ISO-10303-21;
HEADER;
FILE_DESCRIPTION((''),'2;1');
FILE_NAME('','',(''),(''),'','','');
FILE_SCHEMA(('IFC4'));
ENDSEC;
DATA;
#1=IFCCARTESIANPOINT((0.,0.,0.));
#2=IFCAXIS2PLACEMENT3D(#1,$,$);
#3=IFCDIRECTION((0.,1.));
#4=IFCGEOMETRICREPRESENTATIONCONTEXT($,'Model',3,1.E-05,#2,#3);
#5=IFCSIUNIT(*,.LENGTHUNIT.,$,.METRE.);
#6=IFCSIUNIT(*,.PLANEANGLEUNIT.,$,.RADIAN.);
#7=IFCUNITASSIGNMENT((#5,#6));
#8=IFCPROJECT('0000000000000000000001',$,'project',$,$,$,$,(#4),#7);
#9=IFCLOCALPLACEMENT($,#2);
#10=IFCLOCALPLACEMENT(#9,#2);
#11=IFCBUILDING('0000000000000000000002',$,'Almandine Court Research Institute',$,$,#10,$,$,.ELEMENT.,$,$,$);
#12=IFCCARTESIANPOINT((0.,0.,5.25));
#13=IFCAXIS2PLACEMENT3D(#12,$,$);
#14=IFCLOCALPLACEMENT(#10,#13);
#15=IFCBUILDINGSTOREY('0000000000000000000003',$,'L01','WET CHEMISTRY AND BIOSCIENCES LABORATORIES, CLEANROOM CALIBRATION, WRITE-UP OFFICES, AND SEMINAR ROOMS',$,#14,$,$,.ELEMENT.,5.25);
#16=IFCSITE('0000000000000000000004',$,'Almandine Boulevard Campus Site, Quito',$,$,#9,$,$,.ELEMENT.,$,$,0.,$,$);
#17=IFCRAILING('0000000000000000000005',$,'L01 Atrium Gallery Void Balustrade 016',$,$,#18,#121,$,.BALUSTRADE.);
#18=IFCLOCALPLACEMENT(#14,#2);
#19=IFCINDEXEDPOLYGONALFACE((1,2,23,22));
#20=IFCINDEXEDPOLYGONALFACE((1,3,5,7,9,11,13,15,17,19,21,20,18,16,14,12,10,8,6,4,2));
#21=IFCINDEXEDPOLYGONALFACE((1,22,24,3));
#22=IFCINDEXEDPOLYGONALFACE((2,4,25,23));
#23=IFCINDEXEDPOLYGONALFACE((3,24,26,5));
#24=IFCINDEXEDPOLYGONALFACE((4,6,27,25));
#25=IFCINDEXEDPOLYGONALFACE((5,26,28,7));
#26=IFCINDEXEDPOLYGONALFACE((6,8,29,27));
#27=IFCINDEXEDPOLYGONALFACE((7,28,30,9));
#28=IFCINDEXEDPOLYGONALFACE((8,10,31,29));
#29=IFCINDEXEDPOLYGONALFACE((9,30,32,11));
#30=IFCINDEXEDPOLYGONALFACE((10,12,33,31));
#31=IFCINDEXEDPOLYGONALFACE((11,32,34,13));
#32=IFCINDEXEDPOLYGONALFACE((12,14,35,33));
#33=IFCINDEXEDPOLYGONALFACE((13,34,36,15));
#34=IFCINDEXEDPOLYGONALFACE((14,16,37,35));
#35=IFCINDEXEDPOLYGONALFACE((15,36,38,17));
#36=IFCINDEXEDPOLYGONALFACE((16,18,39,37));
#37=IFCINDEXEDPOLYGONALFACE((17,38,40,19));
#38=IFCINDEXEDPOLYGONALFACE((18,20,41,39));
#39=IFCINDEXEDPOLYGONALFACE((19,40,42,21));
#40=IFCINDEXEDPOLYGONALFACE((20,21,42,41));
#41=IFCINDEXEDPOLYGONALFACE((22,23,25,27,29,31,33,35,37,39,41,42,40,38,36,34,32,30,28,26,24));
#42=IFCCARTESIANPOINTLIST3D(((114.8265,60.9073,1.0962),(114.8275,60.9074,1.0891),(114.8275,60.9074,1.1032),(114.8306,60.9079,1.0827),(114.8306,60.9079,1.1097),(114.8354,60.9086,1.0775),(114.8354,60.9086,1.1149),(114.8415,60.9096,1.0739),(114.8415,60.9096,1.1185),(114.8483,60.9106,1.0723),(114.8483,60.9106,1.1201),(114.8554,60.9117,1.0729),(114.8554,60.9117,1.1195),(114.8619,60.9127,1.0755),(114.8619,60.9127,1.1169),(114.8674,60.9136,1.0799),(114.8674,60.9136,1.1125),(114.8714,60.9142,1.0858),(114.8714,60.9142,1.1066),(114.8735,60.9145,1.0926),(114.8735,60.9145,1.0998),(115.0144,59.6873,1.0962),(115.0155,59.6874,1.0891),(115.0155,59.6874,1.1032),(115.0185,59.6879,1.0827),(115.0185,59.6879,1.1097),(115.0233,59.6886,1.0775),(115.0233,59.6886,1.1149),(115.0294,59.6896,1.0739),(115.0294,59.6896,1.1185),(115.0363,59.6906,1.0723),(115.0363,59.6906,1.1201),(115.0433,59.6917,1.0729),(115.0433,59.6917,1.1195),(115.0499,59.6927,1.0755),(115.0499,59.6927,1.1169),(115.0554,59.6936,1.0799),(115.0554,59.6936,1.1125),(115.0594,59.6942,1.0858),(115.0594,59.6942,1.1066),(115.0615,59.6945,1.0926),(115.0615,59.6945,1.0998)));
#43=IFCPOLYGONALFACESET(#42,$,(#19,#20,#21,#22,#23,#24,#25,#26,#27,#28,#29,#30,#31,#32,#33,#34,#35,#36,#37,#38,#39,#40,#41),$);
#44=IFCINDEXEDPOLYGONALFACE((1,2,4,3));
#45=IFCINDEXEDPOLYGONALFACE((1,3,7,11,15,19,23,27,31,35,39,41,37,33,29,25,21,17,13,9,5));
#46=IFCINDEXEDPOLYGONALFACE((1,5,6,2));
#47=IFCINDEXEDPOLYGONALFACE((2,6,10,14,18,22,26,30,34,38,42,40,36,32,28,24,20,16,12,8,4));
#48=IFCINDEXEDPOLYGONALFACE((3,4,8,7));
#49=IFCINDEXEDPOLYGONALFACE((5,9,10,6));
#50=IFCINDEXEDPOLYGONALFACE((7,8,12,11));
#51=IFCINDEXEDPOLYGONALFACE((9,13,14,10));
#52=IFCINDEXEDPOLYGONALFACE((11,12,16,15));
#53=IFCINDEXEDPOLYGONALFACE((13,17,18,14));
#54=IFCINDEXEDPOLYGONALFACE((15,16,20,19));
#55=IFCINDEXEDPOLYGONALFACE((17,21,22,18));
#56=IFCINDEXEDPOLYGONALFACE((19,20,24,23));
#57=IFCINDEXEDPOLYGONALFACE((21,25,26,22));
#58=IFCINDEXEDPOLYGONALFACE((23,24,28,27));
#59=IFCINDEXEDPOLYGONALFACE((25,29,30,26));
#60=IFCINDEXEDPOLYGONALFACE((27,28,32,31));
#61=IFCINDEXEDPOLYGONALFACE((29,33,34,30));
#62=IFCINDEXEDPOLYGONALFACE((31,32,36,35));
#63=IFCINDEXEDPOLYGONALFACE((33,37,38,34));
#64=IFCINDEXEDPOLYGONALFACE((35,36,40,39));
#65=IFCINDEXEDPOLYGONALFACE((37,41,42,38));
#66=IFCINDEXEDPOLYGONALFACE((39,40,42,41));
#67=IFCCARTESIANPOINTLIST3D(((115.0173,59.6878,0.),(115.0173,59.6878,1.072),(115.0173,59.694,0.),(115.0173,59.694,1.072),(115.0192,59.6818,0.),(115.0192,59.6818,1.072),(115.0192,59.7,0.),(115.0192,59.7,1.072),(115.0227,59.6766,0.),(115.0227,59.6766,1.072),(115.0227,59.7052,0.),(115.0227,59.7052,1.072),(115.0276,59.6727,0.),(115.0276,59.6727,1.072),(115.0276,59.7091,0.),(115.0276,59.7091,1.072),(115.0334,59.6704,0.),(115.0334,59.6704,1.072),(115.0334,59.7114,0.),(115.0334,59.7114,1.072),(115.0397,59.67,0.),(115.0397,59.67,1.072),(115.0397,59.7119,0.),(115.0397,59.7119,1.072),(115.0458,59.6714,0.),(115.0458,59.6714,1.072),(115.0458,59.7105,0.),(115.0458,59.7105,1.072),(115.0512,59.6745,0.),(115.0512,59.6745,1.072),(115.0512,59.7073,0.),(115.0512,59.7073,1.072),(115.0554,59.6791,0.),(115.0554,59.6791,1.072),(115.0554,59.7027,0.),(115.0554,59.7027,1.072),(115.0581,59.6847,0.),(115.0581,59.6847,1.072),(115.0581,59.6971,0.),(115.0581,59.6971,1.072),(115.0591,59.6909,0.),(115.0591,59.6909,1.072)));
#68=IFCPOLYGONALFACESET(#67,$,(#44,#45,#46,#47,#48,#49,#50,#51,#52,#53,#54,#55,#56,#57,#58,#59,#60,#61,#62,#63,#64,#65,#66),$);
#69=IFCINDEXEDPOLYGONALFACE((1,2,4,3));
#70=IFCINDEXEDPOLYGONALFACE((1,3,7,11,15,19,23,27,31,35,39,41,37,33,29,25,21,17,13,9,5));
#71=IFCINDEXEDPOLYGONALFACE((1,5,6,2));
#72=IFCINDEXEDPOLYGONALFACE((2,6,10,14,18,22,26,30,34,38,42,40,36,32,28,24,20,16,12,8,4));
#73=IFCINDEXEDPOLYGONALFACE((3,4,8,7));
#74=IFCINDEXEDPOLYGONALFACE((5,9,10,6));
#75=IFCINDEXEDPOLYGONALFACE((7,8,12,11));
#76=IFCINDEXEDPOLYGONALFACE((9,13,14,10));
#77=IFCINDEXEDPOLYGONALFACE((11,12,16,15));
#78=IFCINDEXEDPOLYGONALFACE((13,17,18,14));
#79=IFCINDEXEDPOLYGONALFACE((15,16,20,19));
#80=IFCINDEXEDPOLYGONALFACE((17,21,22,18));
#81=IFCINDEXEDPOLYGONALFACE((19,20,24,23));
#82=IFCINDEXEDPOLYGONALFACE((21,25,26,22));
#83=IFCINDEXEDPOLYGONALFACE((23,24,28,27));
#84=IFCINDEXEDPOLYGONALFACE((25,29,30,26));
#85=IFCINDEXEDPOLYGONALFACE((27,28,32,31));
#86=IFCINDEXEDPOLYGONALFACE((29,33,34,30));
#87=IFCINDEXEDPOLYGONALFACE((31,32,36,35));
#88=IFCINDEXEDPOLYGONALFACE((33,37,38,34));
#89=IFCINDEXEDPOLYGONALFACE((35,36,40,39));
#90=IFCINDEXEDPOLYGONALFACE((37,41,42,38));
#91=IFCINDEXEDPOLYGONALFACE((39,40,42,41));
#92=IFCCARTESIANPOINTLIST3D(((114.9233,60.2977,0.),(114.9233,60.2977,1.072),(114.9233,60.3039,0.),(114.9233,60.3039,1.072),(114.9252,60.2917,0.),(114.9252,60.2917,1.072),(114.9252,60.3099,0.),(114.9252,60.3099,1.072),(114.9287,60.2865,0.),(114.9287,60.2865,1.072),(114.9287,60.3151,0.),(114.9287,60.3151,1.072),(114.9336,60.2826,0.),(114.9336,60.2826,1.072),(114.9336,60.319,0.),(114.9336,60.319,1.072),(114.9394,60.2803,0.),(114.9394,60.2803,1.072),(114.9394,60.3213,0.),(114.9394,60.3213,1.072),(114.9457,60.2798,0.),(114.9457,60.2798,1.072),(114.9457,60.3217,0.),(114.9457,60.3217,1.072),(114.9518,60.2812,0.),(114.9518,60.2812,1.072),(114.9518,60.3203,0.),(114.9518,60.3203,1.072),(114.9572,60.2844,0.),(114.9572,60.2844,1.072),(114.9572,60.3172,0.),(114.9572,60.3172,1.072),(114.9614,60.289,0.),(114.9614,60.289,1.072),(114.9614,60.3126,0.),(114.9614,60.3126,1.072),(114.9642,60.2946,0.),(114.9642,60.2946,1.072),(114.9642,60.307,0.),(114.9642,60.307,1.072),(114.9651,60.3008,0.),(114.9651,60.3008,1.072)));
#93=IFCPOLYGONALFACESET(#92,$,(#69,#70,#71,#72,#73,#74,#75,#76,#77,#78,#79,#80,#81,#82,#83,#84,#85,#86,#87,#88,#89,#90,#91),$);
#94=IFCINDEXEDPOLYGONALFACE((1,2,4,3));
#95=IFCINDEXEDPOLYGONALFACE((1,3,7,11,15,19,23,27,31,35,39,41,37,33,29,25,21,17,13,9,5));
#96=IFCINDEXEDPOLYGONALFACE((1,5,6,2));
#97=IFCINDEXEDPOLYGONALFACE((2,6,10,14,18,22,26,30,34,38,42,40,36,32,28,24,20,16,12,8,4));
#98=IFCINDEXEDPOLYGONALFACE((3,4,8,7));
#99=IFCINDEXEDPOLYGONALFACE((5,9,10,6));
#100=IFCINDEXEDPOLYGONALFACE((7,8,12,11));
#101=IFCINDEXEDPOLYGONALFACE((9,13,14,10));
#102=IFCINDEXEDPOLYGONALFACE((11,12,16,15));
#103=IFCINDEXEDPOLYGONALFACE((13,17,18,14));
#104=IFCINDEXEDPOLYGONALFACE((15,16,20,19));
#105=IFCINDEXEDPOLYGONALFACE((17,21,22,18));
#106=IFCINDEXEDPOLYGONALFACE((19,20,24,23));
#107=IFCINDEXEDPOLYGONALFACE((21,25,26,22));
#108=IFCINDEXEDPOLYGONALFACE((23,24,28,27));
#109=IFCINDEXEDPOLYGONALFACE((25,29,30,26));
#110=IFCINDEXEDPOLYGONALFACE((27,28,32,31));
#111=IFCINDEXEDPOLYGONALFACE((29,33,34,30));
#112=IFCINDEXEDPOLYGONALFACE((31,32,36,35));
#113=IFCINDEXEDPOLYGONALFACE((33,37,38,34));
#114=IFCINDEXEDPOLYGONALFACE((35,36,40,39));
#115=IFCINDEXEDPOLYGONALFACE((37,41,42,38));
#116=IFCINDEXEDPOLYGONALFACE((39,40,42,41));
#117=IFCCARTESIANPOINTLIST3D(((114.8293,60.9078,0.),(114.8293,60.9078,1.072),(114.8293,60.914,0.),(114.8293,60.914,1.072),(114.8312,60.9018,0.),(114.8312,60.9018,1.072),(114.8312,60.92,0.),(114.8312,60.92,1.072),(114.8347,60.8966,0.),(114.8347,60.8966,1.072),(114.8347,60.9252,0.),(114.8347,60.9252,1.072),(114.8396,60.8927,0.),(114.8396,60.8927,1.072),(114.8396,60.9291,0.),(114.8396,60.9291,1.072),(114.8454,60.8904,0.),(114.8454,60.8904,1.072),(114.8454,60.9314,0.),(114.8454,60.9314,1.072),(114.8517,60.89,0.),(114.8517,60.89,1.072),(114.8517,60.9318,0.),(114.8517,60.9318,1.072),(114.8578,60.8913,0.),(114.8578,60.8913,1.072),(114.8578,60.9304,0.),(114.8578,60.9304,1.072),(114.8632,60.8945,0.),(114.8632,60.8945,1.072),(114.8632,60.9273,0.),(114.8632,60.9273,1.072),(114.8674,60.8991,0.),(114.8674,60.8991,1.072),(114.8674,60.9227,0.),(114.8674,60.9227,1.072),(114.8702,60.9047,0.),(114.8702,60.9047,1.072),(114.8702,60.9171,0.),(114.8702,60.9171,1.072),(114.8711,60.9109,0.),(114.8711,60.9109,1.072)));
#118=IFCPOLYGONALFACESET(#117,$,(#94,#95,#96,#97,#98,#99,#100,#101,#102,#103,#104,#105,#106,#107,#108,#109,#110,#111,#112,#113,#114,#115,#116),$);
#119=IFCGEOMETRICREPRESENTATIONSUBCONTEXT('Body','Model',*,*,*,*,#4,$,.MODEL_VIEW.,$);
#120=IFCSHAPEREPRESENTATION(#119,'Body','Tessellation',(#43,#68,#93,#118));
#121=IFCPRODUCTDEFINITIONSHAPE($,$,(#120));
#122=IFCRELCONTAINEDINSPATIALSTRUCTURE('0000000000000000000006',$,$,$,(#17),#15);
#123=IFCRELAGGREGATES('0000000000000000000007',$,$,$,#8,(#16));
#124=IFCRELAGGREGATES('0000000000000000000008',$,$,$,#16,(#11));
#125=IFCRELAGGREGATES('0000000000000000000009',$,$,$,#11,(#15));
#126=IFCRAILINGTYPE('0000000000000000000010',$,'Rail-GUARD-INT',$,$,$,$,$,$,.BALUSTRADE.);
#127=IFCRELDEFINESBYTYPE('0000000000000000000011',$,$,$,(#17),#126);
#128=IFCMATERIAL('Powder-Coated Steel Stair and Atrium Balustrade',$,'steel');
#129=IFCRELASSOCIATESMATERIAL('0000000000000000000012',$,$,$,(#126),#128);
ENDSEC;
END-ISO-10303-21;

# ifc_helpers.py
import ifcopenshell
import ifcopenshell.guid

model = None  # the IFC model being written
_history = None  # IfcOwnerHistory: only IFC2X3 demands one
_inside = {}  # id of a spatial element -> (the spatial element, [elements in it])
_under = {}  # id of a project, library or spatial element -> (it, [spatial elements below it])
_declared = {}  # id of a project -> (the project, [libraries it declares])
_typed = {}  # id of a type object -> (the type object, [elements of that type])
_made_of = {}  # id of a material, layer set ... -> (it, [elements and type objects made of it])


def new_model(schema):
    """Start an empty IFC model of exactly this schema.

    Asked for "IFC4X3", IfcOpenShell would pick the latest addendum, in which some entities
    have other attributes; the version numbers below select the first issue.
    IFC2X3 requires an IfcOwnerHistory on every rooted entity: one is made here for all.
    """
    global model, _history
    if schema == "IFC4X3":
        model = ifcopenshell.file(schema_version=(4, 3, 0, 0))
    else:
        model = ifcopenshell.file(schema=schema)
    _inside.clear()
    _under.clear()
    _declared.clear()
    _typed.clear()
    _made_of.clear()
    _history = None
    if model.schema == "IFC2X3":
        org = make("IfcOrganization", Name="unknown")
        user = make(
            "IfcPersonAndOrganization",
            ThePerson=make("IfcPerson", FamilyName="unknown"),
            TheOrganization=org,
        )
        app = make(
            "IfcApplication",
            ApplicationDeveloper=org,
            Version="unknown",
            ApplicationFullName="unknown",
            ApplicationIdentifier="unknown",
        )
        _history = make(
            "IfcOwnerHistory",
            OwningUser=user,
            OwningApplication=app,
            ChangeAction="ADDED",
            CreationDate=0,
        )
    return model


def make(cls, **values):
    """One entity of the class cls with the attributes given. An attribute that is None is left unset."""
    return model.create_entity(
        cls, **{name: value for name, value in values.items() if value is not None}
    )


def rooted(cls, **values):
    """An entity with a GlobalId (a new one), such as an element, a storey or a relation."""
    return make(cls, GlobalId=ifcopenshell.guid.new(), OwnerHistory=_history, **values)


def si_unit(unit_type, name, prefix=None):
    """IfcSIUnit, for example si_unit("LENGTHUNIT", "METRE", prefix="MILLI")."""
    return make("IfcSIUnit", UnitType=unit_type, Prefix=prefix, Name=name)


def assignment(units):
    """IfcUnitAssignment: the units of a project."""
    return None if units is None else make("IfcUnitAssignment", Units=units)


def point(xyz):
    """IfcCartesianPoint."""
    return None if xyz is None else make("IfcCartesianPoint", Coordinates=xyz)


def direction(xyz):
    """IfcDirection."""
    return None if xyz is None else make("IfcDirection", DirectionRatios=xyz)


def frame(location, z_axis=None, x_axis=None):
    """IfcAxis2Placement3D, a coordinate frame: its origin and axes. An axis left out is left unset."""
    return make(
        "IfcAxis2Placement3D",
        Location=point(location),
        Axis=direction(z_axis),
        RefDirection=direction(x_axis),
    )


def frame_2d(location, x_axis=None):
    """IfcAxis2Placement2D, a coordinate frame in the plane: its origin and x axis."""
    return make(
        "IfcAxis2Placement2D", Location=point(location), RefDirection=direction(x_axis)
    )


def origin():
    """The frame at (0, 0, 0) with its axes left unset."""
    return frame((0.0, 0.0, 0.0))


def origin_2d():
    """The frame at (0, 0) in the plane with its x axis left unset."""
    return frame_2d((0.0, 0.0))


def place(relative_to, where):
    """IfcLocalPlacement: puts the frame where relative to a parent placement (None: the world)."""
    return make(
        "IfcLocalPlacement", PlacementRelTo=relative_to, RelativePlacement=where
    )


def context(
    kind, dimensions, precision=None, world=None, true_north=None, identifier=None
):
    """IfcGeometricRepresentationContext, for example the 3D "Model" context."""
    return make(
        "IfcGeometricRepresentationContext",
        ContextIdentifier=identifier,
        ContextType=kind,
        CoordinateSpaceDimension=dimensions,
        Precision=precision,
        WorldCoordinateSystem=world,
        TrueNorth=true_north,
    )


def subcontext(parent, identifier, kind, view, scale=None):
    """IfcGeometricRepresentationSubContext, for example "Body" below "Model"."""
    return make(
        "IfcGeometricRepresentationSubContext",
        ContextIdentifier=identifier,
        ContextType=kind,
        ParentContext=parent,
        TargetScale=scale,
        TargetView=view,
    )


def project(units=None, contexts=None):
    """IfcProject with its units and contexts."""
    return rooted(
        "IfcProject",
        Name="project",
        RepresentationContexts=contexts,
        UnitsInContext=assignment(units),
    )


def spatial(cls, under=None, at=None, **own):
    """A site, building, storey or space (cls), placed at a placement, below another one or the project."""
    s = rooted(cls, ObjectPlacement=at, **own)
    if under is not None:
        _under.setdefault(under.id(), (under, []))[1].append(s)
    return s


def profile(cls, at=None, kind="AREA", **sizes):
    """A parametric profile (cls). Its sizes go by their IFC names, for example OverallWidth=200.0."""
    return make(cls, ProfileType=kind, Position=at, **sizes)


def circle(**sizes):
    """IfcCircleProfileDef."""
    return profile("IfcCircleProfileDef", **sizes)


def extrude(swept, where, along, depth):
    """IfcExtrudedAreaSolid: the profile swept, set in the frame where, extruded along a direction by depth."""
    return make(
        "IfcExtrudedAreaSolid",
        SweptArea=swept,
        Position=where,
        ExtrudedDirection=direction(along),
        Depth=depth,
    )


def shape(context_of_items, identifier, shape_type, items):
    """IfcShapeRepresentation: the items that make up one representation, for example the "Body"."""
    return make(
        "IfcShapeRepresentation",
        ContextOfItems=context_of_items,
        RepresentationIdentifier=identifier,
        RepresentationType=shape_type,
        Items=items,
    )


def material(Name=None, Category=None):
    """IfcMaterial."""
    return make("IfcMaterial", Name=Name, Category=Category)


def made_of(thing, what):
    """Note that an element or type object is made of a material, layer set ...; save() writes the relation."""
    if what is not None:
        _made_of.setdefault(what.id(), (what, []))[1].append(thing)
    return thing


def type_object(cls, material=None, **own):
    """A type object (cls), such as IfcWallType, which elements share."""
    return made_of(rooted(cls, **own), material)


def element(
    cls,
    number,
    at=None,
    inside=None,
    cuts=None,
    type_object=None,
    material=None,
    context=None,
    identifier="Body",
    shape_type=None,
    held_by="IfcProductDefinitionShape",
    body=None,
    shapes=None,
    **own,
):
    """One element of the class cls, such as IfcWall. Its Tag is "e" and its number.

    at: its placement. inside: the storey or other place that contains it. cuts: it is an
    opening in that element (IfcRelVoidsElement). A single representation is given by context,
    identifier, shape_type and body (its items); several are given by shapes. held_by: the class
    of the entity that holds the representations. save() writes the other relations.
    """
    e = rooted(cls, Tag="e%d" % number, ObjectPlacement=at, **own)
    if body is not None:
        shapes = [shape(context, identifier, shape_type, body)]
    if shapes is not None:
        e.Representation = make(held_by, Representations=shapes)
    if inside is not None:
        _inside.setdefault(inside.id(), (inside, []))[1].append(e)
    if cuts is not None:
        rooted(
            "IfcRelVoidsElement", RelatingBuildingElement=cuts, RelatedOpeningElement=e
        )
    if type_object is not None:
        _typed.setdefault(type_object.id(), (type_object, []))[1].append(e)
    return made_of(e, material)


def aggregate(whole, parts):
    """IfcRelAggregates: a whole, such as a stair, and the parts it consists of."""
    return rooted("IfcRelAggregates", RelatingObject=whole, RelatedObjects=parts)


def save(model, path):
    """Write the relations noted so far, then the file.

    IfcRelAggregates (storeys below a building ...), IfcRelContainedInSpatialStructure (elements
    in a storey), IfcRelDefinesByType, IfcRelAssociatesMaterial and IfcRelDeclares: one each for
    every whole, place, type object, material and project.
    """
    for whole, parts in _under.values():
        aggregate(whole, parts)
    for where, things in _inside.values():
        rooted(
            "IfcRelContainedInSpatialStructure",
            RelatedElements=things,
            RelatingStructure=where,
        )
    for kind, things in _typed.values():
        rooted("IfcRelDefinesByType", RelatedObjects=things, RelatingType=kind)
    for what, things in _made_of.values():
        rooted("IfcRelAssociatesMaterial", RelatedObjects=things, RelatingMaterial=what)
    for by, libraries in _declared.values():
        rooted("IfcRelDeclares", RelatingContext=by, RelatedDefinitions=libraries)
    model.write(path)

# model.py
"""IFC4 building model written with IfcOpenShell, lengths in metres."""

from ifc_helpers import new_model, si_unit, direction, frame, origin, origin_2d, place, context, subcontext, project, spatial, circle, extrude, material, type_object, element, save


model = new_model("IFC4")

# Units and contexts
model_context = context("Model", 3, precision=1e-05, world=origin(), true_north=direction((0.0, 1.0)))
body_context = subcontext(model_context, "Body", "Model", "MODEL_VIEW")
ifc_project = project(units=[si_unit("LENGTHUNIT", "METRE"), si_unit("PLANEANGLEUNIT", "RADIAN")], contexts=[model_context])

# Site, building, storey
site_placement = place(None, origin())
site = spatial("IfcSite", under=ifc_project, at=site_placement, Name="Almandine Boulevard Campus Site, Quito", CompositionType="ELEMENT", RefElevation=0.0)
building_placement = place(site_placement, origin())
building = spatial("IfcBuilding", under=site, at=building_placement, Name="Almandine Court Research Institute", CompositionType="ELEMENT")
storey_placement = place(building_placement, frame((0.0, 0.0, 5.25)))
storey = spatial("IfcBuildingStorey", under=building, at=storey_placement, Name="L01", Description="WET CHEMISTRY AND BIOSCIENCES LABORATORIES, CLEANROOM CALIBRATION, WRITE-UP OFFICES, AND SEMINAR ROOMS", CompositionType="ELEMENT", Elevation=5.25)

# Railing
ifc_material_1 = material(Name="Powder-Coated Steel Stair and Atrium Balustrade", Category="steel")
railing_type = type_object("IfcRailingType", Name="Rail-GUARD-INT", PredefinedType="BALUSTRADE", material=ifc_material_1)
railing_1_placement = place(storey_placement, frame((115.0381, 59.6909, 0.0)))
element("IfcRailing", 1, at=railing_1_placement, inside=storey, type_object=railing_type, Name="L01 Atrium Gallery Void Balustrade 016", PredefinedType="BALUSTRADE", context=body_context, shape_type="SweptSolid", body=[
    extrude(circle(Radius=0.0239, at=origin_2d()), frame((0.0, 0.0, 1.0962), z_axis=(-0.152295, 0.988335, 0.0), x_axis=(-0.988335, -0.152295, 0.0)), (0.0, 0.0, 1.0), 1.2344),
    extrude(circle(Radius=0.021, at=origin_2d()), origin(), (0.0, 0.0, 1.0), 1.072),
    extrude(circle(Radius=0.021, at=origin_2d()), frame((-0.094, 0.6099, 0.0)), (0.0, 0.0, 1.0), 1.072),
    extrude(circle(Radius=0.021, at=origin_2d()), frame((-0.188, 1.22, 0.0)), (0.0, 0.0, 1.0), 1.072),
])

save(model, "model.ifc")
